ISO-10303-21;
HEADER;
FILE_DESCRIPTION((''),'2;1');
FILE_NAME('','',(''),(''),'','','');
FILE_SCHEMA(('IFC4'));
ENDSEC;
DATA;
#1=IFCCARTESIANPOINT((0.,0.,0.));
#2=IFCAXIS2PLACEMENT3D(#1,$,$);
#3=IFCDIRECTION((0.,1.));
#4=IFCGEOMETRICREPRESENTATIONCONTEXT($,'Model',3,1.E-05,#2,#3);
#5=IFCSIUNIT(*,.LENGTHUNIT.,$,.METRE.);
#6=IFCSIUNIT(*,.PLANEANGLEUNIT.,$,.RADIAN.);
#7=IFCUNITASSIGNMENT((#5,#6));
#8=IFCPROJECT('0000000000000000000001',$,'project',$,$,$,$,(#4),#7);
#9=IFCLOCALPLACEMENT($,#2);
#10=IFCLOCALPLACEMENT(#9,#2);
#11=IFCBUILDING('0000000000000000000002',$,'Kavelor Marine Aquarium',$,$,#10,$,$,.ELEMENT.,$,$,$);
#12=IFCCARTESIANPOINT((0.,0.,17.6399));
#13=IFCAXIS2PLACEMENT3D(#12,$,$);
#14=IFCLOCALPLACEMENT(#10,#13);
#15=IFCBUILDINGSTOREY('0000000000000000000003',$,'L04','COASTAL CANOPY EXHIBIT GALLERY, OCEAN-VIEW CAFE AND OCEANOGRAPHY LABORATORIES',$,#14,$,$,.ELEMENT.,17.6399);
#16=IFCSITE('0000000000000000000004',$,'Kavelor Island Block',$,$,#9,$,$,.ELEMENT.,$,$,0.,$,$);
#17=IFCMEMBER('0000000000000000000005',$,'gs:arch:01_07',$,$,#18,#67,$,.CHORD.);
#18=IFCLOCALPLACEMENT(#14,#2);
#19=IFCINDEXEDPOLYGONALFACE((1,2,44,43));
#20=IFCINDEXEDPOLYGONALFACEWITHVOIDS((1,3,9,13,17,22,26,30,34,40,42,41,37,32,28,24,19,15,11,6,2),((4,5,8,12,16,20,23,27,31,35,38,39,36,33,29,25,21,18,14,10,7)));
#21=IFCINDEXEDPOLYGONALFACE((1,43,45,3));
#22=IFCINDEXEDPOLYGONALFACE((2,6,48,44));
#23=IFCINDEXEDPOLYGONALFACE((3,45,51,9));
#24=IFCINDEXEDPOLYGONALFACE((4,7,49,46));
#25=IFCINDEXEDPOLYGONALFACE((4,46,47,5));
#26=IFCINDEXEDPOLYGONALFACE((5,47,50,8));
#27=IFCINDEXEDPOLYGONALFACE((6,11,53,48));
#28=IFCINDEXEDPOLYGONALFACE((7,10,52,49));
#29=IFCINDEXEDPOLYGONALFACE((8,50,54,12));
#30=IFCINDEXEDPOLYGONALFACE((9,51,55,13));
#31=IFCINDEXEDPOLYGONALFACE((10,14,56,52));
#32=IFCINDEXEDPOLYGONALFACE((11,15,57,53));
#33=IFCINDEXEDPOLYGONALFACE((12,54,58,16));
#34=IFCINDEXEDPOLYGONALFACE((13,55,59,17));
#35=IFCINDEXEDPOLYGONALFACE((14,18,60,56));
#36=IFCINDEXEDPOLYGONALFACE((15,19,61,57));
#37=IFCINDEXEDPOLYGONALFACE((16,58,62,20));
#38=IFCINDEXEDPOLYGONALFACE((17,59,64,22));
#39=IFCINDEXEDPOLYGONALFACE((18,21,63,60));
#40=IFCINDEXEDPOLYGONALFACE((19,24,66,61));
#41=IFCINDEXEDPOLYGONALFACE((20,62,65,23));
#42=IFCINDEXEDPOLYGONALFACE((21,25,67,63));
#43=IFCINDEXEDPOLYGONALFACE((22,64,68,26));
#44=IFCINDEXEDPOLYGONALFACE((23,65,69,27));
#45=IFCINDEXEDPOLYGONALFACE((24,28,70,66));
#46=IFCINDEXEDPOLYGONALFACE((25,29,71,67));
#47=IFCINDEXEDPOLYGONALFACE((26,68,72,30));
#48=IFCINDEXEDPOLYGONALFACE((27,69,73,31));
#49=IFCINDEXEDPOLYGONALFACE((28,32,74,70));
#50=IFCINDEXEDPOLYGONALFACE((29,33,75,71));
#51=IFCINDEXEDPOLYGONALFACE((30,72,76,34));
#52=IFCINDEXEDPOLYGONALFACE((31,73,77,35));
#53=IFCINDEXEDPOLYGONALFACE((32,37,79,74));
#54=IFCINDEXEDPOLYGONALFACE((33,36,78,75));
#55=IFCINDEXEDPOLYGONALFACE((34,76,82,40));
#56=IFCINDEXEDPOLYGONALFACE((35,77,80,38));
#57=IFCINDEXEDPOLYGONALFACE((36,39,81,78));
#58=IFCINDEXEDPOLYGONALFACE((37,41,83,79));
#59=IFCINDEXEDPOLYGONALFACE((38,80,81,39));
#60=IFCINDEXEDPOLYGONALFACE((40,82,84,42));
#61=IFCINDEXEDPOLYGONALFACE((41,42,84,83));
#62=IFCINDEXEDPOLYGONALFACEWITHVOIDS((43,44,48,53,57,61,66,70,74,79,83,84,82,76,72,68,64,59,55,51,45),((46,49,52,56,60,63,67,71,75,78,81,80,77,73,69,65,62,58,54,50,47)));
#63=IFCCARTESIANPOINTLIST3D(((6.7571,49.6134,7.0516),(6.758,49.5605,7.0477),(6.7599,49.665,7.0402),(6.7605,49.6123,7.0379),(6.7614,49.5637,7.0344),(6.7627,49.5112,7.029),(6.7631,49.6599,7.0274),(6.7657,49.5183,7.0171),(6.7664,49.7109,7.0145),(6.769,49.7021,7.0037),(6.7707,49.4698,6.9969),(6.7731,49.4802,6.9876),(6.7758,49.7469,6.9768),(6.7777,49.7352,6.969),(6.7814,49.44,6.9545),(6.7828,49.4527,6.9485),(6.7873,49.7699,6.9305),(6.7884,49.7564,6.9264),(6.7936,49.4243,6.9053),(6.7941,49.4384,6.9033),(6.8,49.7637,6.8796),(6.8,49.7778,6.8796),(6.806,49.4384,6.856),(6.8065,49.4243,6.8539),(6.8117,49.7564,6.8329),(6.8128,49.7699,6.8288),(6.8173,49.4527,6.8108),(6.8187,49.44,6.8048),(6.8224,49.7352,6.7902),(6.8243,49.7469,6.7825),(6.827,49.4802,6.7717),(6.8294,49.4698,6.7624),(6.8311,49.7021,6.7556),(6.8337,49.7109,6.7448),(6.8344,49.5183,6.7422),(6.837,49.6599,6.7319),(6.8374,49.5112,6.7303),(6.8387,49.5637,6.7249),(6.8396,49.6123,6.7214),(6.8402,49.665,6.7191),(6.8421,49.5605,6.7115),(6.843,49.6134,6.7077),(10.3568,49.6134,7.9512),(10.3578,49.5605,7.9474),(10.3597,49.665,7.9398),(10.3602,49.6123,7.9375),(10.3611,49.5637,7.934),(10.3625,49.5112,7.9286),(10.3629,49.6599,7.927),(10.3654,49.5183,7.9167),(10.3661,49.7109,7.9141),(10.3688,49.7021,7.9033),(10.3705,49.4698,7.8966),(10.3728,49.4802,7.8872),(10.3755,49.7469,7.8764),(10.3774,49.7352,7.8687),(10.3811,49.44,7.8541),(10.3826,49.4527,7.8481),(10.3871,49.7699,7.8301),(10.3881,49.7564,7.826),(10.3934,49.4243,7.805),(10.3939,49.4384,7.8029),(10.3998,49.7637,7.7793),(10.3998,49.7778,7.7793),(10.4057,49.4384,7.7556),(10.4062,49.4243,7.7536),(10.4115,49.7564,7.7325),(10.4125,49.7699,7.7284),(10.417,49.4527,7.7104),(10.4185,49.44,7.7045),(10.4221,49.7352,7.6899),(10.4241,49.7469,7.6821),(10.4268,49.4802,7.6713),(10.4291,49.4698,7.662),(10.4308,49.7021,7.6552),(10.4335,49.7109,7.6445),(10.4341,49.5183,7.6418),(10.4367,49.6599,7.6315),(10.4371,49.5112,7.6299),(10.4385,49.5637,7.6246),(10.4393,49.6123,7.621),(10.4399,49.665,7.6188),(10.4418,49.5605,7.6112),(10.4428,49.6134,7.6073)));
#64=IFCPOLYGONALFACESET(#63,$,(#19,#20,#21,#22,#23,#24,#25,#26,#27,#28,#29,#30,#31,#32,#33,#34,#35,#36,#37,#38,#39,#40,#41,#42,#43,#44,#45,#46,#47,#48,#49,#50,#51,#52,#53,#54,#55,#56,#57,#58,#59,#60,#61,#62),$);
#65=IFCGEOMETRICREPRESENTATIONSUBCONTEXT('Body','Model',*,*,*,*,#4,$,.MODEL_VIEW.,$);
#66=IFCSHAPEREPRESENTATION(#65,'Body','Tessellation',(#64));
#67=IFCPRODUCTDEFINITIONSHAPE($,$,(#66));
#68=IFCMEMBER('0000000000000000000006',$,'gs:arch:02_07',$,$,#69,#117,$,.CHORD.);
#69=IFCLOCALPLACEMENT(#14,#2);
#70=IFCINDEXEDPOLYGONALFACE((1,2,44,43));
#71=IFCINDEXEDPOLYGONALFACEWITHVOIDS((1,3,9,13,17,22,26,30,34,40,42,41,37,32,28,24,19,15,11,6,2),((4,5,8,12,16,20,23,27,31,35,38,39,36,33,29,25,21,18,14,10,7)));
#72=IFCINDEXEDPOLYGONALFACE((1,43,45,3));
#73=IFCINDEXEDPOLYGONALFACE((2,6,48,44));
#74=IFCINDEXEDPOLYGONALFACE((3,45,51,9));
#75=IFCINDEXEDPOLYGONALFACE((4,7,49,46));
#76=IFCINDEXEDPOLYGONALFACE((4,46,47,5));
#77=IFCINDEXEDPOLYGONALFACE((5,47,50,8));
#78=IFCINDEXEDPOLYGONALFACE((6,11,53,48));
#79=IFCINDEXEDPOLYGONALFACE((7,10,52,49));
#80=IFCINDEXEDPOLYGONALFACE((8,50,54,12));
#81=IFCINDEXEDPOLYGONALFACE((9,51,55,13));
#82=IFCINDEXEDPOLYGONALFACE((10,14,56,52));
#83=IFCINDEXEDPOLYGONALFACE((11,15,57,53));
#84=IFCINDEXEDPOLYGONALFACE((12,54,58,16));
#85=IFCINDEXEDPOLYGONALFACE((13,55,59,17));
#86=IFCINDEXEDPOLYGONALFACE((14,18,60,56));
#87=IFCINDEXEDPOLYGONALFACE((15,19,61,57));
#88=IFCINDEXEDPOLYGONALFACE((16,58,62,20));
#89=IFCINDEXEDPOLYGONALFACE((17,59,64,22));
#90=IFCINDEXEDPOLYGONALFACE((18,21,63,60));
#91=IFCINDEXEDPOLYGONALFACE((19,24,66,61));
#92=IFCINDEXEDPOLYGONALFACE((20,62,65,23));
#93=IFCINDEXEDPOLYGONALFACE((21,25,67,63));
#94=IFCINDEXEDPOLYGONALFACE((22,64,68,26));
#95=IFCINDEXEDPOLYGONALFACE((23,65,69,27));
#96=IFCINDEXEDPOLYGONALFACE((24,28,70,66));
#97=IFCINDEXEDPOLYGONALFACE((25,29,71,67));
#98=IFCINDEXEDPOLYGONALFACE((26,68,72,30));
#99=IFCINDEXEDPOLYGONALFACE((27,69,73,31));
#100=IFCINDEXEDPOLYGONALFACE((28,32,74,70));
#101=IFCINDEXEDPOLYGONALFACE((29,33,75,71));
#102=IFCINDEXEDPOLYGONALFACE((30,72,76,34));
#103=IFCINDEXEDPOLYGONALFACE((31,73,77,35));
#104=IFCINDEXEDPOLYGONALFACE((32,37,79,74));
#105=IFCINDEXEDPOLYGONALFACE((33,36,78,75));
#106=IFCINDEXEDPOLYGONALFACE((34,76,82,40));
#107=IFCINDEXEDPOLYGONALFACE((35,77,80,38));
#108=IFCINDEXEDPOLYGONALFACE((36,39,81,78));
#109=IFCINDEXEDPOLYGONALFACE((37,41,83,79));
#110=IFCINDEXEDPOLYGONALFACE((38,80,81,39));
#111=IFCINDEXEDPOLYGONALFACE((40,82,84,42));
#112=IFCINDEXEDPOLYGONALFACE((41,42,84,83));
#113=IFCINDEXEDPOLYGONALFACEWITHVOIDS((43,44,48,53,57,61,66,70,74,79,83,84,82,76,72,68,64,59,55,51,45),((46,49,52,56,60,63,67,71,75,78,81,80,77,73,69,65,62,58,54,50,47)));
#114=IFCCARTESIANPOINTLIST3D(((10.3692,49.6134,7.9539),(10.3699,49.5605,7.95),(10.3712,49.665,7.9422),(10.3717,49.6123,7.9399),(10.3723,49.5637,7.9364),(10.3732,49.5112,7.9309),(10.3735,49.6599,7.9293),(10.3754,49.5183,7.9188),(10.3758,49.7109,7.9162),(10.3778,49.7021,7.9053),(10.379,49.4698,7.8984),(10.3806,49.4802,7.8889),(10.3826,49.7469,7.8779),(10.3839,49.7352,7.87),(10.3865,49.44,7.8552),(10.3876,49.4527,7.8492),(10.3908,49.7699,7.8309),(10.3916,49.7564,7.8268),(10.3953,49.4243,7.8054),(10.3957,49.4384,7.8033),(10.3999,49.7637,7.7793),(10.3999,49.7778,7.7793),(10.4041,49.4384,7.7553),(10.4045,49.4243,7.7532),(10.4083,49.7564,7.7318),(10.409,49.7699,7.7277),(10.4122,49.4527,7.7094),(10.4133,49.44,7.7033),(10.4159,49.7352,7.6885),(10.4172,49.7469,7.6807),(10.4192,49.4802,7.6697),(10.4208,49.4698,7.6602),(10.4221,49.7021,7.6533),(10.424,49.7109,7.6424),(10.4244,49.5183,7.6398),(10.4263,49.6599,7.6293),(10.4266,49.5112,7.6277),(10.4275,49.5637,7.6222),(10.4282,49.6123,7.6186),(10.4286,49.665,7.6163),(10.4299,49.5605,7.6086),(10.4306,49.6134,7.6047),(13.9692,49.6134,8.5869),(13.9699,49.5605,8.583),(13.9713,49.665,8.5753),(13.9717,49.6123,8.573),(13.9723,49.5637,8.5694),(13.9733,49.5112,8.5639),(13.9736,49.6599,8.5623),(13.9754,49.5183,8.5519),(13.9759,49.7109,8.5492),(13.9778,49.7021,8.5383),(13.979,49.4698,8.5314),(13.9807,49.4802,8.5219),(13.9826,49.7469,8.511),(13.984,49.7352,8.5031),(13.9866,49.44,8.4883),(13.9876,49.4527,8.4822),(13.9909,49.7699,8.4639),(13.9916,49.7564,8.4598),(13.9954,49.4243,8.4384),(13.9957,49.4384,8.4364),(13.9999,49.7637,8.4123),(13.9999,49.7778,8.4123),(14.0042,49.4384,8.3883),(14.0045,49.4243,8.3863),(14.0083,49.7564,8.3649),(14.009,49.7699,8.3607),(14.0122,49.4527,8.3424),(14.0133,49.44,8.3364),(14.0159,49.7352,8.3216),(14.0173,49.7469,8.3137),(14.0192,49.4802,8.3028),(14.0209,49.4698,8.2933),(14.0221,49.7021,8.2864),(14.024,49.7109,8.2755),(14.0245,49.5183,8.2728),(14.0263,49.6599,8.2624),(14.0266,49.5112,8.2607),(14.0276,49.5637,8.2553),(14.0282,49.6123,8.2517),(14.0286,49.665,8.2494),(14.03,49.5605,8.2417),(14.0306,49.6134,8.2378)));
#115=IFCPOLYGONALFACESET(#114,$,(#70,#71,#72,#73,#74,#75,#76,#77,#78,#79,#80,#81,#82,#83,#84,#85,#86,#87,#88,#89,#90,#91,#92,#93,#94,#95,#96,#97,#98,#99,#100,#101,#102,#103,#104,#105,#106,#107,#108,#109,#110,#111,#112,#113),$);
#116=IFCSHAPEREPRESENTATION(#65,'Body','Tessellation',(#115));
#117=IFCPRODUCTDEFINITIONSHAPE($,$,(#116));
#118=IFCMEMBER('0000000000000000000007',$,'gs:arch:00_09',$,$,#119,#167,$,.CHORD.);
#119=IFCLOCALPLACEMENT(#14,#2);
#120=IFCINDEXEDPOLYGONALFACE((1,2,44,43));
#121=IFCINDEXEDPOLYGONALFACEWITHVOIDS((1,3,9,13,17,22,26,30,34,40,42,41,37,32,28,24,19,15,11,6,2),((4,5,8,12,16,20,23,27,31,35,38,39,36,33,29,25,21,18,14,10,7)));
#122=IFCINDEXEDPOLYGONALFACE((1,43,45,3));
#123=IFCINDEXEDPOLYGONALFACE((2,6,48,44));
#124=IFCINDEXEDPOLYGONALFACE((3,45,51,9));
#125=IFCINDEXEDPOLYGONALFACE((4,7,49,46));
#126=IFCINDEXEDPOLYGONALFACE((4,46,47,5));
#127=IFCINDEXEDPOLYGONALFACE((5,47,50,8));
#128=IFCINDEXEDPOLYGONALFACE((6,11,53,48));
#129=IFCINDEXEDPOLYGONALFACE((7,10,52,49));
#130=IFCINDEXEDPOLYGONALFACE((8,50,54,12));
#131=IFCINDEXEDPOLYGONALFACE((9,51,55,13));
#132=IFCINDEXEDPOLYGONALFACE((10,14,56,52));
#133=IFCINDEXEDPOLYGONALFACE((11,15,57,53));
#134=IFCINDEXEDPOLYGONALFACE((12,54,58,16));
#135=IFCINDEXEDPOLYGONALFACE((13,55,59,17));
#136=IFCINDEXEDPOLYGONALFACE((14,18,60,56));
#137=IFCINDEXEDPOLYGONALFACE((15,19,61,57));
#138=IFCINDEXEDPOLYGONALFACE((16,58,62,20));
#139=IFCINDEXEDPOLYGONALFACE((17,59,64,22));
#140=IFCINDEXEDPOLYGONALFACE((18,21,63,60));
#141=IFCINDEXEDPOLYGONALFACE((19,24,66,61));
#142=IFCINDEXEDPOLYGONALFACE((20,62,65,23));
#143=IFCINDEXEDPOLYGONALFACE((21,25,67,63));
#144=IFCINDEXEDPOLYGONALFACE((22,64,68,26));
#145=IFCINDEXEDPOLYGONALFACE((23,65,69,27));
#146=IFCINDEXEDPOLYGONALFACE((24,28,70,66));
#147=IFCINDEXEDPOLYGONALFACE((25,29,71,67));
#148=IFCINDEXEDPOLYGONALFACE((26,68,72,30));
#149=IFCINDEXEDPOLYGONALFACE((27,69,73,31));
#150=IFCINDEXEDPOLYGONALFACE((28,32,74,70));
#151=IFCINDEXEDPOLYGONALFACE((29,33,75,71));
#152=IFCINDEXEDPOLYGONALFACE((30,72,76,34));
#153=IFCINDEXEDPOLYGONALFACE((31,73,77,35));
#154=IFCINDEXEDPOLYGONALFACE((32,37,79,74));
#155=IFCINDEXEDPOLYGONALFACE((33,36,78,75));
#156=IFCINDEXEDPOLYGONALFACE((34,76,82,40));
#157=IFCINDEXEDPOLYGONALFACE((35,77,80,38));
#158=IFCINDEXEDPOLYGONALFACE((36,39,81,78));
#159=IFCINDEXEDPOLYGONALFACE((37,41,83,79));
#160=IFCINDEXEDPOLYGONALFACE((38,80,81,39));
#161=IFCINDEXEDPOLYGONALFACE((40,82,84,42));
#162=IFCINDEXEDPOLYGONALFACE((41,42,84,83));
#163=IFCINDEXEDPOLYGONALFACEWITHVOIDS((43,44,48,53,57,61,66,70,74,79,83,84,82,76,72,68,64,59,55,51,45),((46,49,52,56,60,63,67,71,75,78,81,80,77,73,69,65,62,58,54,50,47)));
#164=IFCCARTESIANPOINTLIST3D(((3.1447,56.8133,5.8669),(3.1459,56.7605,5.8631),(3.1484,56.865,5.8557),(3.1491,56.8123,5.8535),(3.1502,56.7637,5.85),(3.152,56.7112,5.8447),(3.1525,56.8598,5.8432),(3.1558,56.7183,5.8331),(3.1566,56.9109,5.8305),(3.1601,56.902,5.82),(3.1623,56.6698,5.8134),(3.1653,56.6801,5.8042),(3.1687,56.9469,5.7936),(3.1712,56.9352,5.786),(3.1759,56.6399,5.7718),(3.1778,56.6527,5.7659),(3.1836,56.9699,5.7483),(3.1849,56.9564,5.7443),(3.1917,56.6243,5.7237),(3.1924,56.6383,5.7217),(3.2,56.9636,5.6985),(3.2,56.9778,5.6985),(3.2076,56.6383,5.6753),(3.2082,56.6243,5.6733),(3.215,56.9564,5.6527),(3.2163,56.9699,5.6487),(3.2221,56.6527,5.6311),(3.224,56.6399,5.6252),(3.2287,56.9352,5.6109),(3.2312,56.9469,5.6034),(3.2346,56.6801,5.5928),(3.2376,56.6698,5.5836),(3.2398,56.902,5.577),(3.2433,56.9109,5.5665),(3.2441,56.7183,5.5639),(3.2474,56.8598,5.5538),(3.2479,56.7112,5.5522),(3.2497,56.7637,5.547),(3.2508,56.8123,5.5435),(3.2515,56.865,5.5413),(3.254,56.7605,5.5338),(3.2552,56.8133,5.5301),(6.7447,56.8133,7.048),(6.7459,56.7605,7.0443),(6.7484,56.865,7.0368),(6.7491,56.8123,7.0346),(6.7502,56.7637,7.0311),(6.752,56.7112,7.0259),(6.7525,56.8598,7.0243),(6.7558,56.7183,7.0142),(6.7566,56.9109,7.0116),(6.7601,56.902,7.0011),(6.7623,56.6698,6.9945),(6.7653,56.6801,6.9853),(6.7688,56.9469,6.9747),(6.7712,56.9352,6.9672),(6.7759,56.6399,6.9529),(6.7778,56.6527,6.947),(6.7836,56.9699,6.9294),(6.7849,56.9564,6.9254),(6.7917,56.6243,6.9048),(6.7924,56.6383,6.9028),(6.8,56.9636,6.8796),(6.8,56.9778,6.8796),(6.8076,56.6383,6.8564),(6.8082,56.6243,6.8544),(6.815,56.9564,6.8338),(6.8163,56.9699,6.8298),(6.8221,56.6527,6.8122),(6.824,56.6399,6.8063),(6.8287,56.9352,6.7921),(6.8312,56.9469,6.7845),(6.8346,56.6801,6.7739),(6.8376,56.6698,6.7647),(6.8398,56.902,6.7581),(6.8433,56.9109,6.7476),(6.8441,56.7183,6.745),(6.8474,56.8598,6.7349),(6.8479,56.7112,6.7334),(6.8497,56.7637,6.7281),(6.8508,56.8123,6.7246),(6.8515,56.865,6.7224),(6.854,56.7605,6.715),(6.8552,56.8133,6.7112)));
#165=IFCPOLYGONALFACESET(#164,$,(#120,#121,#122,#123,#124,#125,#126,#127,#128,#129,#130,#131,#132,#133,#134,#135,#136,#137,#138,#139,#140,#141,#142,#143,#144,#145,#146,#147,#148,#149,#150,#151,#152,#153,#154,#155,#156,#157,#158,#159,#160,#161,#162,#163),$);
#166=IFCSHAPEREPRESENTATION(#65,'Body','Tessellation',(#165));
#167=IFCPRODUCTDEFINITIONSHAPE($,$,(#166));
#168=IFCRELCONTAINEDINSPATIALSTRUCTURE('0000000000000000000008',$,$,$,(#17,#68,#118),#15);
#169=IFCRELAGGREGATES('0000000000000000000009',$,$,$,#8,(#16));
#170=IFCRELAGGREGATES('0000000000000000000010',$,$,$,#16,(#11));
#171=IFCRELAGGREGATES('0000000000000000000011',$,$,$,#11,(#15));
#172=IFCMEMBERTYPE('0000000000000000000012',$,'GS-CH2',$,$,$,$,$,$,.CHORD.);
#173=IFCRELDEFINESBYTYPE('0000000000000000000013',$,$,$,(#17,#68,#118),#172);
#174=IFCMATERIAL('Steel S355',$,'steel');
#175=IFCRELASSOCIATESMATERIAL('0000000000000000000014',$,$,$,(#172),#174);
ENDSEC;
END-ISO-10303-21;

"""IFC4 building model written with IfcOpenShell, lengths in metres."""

from ifc_helpers import new_model, si_unit, direction, frame, origin, origin_2d, place, context, subcontext, project, spatial, hollow_circle, extrude, material, material_profile, profile_set, type_object, element, save


model = new_model("IFC4")

# Units and contexts
model_context = context("Model", 3, precision=1e-05, world=origin(), true_north=direction((0.0, 1.0)))
body_context = subcontext(model_context, "Body", "Model", "MODEL_VIEW")
ifc_project = project(units=[si_unit("LENGTHUNIT", "METRE"), si_unit("PLANEANGLEUNIT", "RADIAN")], contexts=[model_context])

# Site, building, storey
site_placement = place(None, origin())
site = spatial("IfcSite", under=ifc_project, at=site_placement, Name="Kavelor Island Block", CompositionType="ELEMENT", RefElevation=0.0)
building_placement = place(site_placement, origin())
building = spatial("IfcBuilding", under=site, at=building_placement, Name="Kavelor Marine Aquarium", CompositionType="ELEMENT")
storey_placement = place(building_placement, frame((0.0, 0.0, 17.6399)))
storey = spatial("IfcBuildingStorey", under=building, at=storey_placement, Name="L04", Description="COASTAL CANOPY EXHIBIT GALLERY, OCEAN-VIEW CAFE AND OCEANOGRAPHY LABORATORIES", CompositionType="ELEMENT", Elevation=17.6399)

# Members
ifc_material_1 = material(Name="Steel S355", Category="steel")
ifc_material_profile_1 = material_profile(ifc_material_1, hollow_circle(Radius=0.1777, WallThickness=0.0142, at=origin_2d()), Name="CHS 355.6x14.2")
ifc_profile_set_1 = profile_set([ifc_material_profile_1], Name="Steel S355")
member_type_1 = type_object("IfcMemberType", Name="GS-CH2", PredefinedType="CHORD", material=ifc_profile_set_1)
member_1_placement = place(storey_placement, frame((6.8, 49.6001, 6.8796), z_axis=(0.970162, 0.0, 0.242458), x_axis=(0.0, 1.0, 0.0)))
element("IfcMember", 1, at=member_1_placement, inside=storey, type_object=member_type_1, Name="gs:arch:01_07", PredefinedType="CHORD", context=body_context, shape_type="SweptSolid", body=[
    extrude(hollow_circle(Radius=0.1777, WallThickness=0.0142, at=origin_2d()), origin(), (0.0, 0.0, 1.0), 3.7104),
])
member_2_placement = place(storey_placement, frame((10.3999, 49.6001, 7.7793), z_axis=(0.984889, 0.0, 0.173187), x_axis=(0.0, 1.0, 0.0)))
element("IfcMember", 2, at=member_2_placement, inside=storey, type_object=member_type_1, Name="gs:arch:02_07", PredefinedType="CHORD", context=body_context, shape_type="SweptSolid", body=[
    extrude(hollow_circle(Radius=0.1777, WallThickness=0.0142, at=origin_2d()), origin(), (0.0, 0.0, 1.0), 3.6553),
])
member_3_placement = place(storey_placement, frame((3.2, 56.8, 5.6985), z_axis=(0.950168, 0.0, 0.31174), x_axis=(0.0, 1.0, 0.0)))
element("IfcMember", 3, at=member_3_placement, inside=storey, type_object=member_type_1, Name="gs:arch:00_09", PredefinedType="CHORD", context=body_context, shape_type="SweptSolid", body=[
    extrude(hollow_circle(Radius=0.1777, WallThickness=0.0142, at=origin_2d()), origin(), (0.0, 0.0, 1.0), 3.7888),
])

save(model, "model.ifc")
